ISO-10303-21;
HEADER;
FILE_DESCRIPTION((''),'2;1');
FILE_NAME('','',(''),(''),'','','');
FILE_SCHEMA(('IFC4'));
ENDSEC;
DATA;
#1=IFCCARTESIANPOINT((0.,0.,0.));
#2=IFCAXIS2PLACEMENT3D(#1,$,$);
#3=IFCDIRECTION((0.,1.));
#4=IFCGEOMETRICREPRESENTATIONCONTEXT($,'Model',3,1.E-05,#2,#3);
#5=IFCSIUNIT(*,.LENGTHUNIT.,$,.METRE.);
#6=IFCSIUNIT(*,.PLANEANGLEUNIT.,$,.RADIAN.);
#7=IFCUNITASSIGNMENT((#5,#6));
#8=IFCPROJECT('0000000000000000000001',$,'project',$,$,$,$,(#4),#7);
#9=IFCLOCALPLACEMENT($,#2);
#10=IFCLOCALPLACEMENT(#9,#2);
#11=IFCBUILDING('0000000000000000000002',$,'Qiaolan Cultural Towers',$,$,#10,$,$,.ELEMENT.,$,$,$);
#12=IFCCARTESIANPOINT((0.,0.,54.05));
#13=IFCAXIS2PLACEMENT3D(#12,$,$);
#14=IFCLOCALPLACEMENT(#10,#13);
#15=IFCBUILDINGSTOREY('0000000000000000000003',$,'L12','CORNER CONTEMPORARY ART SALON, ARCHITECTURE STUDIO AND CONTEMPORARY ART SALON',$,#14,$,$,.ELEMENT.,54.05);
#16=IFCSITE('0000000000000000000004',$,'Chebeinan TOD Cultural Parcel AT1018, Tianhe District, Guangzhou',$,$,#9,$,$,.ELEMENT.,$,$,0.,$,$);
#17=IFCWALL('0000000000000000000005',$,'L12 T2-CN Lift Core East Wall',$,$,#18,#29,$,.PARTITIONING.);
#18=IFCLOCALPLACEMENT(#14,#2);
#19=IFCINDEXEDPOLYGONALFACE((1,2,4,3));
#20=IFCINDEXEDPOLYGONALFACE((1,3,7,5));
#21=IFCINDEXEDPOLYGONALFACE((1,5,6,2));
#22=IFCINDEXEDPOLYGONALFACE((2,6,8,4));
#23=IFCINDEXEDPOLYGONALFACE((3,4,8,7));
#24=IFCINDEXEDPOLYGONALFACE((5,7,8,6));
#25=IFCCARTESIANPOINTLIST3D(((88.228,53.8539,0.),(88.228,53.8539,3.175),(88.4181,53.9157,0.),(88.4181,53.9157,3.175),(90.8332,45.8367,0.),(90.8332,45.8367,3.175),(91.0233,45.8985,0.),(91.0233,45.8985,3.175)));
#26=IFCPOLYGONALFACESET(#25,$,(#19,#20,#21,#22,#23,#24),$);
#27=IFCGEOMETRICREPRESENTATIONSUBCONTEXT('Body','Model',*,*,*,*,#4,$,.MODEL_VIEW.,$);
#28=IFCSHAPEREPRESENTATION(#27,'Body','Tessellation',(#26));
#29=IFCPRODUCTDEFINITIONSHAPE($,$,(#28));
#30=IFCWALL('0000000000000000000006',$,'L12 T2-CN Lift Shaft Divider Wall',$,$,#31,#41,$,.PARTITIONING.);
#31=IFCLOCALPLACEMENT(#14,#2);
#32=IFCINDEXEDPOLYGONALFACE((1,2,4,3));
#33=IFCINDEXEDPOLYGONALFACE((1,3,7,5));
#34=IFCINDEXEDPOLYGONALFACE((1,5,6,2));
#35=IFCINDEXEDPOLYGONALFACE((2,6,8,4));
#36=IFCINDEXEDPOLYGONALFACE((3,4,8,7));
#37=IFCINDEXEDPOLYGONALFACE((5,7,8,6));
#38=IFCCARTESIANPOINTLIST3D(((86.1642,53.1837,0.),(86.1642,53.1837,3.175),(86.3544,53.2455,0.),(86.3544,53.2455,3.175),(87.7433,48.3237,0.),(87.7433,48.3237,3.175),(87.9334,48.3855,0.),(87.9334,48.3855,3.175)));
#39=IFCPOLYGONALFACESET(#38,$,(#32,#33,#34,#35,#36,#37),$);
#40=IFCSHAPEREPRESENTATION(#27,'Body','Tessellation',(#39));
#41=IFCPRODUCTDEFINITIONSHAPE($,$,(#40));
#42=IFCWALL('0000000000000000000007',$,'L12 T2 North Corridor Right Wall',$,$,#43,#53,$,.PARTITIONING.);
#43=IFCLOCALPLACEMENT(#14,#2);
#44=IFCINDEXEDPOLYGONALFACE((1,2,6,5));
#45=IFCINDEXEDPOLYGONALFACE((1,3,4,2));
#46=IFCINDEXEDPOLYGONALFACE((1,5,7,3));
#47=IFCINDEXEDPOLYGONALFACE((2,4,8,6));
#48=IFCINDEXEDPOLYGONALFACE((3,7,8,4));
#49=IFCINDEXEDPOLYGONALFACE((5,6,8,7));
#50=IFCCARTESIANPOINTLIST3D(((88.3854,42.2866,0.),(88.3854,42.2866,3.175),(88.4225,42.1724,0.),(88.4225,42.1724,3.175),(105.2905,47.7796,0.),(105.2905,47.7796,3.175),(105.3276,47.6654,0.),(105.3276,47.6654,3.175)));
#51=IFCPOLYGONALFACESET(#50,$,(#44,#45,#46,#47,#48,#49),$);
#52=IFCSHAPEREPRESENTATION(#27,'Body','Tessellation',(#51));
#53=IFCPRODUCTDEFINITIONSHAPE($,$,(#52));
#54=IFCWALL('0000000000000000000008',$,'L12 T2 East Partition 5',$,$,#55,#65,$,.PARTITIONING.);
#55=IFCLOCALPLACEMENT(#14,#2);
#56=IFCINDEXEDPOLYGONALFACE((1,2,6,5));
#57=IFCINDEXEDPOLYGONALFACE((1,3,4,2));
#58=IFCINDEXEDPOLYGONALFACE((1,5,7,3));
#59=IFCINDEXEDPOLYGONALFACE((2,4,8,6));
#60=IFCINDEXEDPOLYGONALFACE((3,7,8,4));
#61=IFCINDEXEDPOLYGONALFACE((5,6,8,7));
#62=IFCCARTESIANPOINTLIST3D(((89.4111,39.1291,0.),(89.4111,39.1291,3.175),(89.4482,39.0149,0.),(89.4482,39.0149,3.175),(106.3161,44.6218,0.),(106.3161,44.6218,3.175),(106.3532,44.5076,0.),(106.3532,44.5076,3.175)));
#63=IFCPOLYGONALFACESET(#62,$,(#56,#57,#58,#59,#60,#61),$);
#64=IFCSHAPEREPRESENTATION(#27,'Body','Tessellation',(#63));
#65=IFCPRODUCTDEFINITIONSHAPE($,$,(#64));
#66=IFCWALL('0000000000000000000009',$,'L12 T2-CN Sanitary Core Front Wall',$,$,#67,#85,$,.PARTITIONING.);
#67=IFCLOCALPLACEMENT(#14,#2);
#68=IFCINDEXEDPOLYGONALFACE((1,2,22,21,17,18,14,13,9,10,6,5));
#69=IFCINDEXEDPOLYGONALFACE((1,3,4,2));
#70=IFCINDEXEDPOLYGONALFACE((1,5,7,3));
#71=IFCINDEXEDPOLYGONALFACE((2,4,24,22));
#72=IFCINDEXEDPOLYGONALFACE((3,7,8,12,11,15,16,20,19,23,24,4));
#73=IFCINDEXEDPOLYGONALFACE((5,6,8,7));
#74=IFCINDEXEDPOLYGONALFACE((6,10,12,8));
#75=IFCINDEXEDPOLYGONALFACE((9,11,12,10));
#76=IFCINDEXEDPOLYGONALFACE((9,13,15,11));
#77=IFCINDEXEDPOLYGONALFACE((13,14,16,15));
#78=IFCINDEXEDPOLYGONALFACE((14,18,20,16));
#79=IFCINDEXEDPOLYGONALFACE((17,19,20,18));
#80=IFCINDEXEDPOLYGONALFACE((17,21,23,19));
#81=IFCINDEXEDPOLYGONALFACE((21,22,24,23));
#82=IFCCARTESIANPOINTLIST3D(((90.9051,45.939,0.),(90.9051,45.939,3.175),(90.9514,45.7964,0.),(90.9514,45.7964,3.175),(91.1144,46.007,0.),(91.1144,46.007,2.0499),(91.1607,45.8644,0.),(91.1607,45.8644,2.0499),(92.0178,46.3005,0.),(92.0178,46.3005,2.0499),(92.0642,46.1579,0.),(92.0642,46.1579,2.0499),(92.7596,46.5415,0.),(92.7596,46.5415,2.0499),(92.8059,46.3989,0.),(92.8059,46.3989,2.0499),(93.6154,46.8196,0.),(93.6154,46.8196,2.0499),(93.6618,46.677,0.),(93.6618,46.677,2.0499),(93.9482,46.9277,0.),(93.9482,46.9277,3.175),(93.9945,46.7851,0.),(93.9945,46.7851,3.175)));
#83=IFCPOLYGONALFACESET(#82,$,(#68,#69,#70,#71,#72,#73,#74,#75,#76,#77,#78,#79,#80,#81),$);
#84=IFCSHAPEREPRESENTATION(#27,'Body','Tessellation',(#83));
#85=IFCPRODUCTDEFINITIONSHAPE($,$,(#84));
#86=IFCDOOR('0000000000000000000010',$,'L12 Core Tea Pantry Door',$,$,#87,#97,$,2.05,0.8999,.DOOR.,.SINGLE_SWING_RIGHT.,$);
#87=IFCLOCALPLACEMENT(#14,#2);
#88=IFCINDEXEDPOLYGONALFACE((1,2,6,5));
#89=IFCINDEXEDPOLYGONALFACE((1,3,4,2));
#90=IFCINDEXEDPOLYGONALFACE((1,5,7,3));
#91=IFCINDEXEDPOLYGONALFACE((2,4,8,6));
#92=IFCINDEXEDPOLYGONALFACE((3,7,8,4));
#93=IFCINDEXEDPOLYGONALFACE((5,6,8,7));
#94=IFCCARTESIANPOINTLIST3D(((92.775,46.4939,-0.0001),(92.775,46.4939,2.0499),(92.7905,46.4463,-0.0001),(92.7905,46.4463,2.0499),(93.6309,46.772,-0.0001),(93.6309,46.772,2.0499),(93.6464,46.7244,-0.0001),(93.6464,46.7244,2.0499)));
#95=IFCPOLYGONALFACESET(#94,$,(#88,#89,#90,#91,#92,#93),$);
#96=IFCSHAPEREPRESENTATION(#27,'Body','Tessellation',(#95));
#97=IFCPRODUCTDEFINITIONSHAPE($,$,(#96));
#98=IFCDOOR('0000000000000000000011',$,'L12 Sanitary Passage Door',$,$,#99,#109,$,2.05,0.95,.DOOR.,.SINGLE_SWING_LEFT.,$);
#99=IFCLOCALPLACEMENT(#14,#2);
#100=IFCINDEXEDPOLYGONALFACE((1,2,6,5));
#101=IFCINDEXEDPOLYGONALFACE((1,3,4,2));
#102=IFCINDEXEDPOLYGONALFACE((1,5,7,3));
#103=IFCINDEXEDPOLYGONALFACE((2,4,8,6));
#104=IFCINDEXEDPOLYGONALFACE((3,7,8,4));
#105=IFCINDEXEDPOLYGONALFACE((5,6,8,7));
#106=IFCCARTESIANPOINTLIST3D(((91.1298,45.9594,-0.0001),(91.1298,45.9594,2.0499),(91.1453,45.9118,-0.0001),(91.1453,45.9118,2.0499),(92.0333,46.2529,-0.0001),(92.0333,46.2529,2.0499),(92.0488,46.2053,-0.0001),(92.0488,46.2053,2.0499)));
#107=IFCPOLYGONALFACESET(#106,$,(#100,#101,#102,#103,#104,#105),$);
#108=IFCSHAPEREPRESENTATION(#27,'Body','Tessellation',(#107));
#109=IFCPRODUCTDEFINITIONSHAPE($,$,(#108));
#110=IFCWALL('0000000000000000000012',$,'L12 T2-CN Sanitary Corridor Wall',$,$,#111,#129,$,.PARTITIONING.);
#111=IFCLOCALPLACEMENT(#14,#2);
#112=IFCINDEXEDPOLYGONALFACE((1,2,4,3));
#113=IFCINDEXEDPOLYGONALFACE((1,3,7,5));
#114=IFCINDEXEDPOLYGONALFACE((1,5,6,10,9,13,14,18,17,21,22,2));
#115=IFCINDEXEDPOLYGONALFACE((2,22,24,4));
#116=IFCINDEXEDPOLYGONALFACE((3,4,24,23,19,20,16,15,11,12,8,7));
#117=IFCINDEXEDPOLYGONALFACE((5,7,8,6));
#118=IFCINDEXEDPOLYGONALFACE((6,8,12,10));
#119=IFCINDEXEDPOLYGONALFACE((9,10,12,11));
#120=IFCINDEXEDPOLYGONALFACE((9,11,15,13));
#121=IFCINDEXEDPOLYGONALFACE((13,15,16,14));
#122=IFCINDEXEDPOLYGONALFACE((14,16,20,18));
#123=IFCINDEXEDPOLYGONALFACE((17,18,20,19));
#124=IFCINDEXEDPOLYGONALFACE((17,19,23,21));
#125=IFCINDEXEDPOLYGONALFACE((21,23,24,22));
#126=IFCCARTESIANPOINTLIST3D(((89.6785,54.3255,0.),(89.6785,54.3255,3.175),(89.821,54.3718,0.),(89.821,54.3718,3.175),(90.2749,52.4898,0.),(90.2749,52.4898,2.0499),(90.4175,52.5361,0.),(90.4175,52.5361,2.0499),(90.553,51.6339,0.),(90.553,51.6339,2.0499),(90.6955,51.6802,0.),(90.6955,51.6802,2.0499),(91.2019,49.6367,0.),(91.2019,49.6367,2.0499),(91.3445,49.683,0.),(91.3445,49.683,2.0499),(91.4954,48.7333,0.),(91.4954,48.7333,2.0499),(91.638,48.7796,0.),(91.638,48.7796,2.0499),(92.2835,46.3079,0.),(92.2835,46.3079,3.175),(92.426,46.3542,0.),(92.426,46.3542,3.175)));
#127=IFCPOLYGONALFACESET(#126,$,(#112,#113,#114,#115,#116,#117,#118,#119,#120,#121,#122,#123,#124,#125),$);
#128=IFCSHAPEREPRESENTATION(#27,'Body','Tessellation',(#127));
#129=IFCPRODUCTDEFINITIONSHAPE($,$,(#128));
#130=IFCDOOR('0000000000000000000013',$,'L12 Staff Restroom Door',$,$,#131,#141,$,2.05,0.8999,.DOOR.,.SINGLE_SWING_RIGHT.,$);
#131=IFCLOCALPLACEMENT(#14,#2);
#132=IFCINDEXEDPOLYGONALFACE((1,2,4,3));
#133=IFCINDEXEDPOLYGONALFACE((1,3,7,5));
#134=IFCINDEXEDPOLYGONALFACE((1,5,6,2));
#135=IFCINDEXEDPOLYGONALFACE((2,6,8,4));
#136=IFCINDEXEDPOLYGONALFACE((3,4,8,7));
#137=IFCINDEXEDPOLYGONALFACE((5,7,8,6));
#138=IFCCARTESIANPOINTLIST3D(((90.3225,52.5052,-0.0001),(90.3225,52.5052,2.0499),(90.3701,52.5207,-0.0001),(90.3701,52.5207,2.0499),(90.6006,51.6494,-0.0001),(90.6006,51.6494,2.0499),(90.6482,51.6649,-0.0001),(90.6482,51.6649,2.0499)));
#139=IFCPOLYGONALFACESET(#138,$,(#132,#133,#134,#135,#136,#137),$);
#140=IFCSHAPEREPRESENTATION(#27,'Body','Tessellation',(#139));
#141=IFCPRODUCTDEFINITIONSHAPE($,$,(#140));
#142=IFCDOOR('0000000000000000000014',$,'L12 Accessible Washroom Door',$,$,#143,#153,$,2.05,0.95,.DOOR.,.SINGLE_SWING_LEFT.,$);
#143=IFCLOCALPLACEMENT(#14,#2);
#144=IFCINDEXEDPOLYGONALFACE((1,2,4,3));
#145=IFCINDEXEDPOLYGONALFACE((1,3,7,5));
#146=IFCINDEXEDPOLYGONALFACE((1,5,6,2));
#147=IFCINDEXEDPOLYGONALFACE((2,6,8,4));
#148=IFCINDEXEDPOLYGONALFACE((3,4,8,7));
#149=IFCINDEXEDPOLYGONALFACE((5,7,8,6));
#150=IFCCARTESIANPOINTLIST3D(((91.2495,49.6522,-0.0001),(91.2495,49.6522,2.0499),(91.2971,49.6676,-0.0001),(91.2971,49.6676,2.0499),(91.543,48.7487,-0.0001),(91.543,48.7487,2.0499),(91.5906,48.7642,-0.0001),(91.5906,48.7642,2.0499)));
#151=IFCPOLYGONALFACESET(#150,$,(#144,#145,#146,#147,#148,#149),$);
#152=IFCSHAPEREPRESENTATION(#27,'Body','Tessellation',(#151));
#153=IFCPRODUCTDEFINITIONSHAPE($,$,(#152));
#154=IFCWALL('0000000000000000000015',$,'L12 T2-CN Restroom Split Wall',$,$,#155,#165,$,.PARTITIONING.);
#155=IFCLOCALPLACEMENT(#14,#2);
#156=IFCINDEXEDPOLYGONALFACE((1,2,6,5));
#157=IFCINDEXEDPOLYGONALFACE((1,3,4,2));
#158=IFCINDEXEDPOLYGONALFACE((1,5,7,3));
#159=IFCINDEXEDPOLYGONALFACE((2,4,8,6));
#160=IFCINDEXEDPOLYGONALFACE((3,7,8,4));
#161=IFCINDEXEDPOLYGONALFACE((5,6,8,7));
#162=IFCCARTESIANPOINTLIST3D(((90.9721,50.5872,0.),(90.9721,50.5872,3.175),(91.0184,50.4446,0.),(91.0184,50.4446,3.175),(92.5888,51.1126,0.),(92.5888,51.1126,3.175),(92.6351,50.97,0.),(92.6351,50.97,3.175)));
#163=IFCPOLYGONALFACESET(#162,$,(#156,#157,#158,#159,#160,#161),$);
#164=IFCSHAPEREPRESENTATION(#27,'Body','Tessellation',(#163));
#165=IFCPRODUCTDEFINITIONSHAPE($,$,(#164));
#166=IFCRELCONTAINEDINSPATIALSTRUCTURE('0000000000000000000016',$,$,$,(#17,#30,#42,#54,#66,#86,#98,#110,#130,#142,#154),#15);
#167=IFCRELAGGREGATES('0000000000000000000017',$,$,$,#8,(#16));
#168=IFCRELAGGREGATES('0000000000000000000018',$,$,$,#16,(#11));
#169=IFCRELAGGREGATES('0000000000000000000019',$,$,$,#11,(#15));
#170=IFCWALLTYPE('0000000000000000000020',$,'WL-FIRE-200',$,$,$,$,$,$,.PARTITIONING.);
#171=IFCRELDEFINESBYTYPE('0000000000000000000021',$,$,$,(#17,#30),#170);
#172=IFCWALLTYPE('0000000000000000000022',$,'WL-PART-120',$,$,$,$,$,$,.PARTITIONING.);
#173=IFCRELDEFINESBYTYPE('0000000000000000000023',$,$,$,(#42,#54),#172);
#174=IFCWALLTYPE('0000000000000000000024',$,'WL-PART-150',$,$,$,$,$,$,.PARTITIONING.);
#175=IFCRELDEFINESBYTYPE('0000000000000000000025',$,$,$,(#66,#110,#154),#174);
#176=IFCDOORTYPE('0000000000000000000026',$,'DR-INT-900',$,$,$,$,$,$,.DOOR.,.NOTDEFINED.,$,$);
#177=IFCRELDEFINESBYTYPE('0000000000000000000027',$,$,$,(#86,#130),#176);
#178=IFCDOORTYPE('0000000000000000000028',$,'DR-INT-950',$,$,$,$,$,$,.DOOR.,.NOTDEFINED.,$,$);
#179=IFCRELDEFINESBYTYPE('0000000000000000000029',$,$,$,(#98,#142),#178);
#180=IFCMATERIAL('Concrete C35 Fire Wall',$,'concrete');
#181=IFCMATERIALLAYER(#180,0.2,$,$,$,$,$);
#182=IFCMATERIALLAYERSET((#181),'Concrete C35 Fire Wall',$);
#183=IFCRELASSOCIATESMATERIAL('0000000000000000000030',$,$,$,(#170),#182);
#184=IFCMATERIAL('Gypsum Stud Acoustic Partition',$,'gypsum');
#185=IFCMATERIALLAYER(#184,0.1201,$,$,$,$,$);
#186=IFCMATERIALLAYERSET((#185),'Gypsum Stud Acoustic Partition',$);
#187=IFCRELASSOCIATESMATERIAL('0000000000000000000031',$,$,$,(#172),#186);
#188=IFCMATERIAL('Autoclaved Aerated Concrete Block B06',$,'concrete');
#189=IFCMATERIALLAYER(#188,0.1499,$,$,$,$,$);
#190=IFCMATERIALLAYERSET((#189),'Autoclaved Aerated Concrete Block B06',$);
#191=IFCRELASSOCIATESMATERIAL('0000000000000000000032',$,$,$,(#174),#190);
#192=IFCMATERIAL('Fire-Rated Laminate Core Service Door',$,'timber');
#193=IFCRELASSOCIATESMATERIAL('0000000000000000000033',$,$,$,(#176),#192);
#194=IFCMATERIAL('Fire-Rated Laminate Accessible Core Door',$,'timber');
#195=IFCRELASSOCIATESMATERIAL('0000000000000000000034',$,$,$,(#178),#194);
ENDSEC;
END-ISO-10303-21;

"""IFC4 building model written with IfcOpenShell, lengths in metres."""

from ifc_helpers import new_model, si_unit, direction, frame, frame_2d, origin, place, context, subcontext, project, spatial, rectangle, extrude, material, layer, layer_set, type_object, element, fill, save


model = new_model("IFC4")

# Units and contexts
model_context = context("Model", 3, precision=1e-05, world=origin(), true_north=direction((0.0, 1.0)))
body_context = subcontext(model_context, "Body", "Model", "MODEL_VIEW")
ifc_project = project(units=[si_unit("LENGTHUNIT", "METRE"), si_unit("PLANEANGLEUNIT", "RADIAN")], contexts=[model_context])

# Site, building, storey
site_placement = place(None, origin())
site = spatial("IfcSite", under=ifc_project, at=site_placement, Name="Chebeinan TOD Cultural Parcel AT1018, Tianhe District, Guangzhou", CompositionType="ELEMENT", RefElevation=0.0)
building_placement = place(site_placement, origin())
building = spatial("IfcBuilding", under=site, at=building_placement, Name="Qiaolan Cultural Towers", CompositionType="ELEMENT")
storey_placement = place(building_placement, frame((0.0, 0.0, 54.05)))
storey = spatial("IfcBuildingStorey", under=building, at=storey_placement, Name="L12", Description="CORNER CONTEMPORARY ART SALON, ARCHITECTURE STUDIO AND CONTEMPORARY ART SALON", CompositionType="ELEMENT", Elevation=54.05)

# Walls
ifc_material_1 = material(Name="Concrete C35 Fire Wall", Category="concrete")
ifc_layer_1 = layer(ifc_material_1, 0.2)
ifc_layer_set_1 = layer_set([ifc_layer_1], Name="Concrete C35 Fire Wall")
wall_type_1 = type_object("IfcWallType", Name="WL-FIRE-200", PredefinedType="PARTITIONING", material=ifc_layer_set_1)
wall_1_placement = place(storey_placement, frame((90.9282, 45.8677, 0.0), z_axis=(0.0, 0.0, 1.0), x_axis=(-0.309042, 0.951048, 0.0)))
element("IfcWall", 1, at=wall_1_placement, inside=storey, type_object=wall_type_1, Name="L12 T2-CN Lift Core East Wall", PredefinedType="PARTITIONING", context=body_context, shape_type="SweptSolid", body=[
    extrude(rectangle(XDim=8.4299, YDim=0.2, at=frame_2d((4.2148, 0.0))), origin(), (0.0, 0.0, 1.0), 3.175),
])
wall_2_placement = place(storey_placement, frame((87.8384, 48.3545, 0.0), z_axis=(0.0, 0.0, 1.0), x_axis=(-0.309009, 0.951059, 0.0)))
element("IfcWall", 2, at=wall_2_placement, inside=storey, type_object=wall_type_1, Name="L12 T2-CN Lift Shaft Divider Wall", PredefinedType="PARTITIONING", context=body_context, shape_type="SweptSolid", body=[
    extrude(rectangle(XDim=5.1101, YDim=0.2, at=frame_2d((2.5552, 0.0))), origin(), (0.0, 0.0, 1.0), 3.175),
])
ifc_material_2 = material(Name="Gypsum Stud Acoustic Partition", Category="gypsum")
ifc_layer_2 = layer(ifc_material_2, 0.1201)
ifc_layer_set_2 = layer_set([ifc_layer_2], Name="Gypsum Stud Acoustic Partition")
wall_type_2 = type_object("IfcWallType", Name="WL-PART-120", PredefinedType="PARTITIONING", material=ifc_layer_set_2)
wall_3_placement = place(storey_placement, frame((88.4038, 42.2295, 0.0), z_axis=(0.0, 0.0, 1.0), x_axis=(0.951054, 0.309024, 0.0)))
element("IfcWall", 3, at=wall_3_placement, inside=storey, type_object=wall_type_2, Name="L12 T2 North Corridor Right Wall", PredefinedType="PARTITIONING", context=body_context, shape_type="SweptSolid", body=[
    extrude(rectangle(XDim=17.7751, YDim=0.1201, at=frame_2d((8.8877, 0.0))), origin(), (0.0, 0.0, 1.0), 3.175),
])
wall_4_placement = place(storey_placement, frame((89.4297, 39.072, 0.0), z_axis=(0.0, 0.0, 1.0), x_axis=(0.951058, 0.309012, 0.0)))
element("IfcWall", 4, at=wall_4_placement, inside=storey, type_object=wall_type_2, Name="L12 T2 East Partition 5", PredefinedType="PARTITIONING", context=body_context, shape_type="SweptSolid", body=[
    extrude(rectangle(XDim=17.7749, YDim=0.1201, at=frame_2d((8.8875, 0.0))), origin(), (0.0, 0.0, 1.0), 3.175),
])

# Walls, openings, doors
ifc_material_3 = material(Name="Autoclaved Aerated Concrete Block B06", Category="concrete")
ifc_layer_3 = layer(ifc_material_3, 0.1499)
ifc_layer_set_3 = layer_set([ifc_layer_3], Name="Autoclaved Aerated Concrete Block B06")
wall_type_3 = type_object("IfcWallType", Name="WL-PART-150", PredefinedType="PARTITIONING", material=ifc_layer_set_3)
wall_5_placement = place(storey_placement, frame((90.9282, 45.8677, 0.0), z_axis=(0.0, 0.0, 1.0), x_axis=(0.951059, 0.309008, 0.0)))
wall_5 = element("IfcWall", 5, at=wall_5_placement, inside=storey, type_object=wall_type_3, Name="L12 T2-CN Sanitary Core Front Wall", PredefinedType="PARTITIONING", context=body_context, shape_type="SweptSolid", body=[
    extrude(rectangle(XDim=3.1997, YDim=0.1499, at=frame_2d((1.5999, 0.0))), origin(), (0.0, 0.0, 1.0), 3.175),
])
opening_1_placement = place(wall_5_placement, frame((0.22, 0.0, 0.0)))
opening_1 = element("IfcOpeningElement", 6, at=opening_1_placement, cuts=wall_5, PredefinedType="OPENING", context=body_context, shape_type="SweptSolid", body=[
    extrude(rectangle(XDim=0.95, YDim=2.05, at=frame_2d((0.4751, 1.0249))), frame((0.0, 0.085, 0.0), z_axis=(0.0, -1.0, 0.0), x_axis=(1.0, 0.0, 0.0)), (0.0, 0.0, 1.0), 0.1699),
])
opening_2_placement = place(wall_5_placement, frame((1.95, 0.0, 0.0)))
opening_2 = element("IfcOpeningElement", 7, at=opening_2_placement, cuts=wall_5, PredefinedType="OPENING", context=body_context, shape_type="SweptSolid", body=[
    extrude(rectangle(XDim=0.8999, YDim=2.05, at=frame_2d((0.45, 1.0249))), frame((0.0, 0.085, 0.0), z_axis=(0.0, -1.0, 0.0), x_axis=(1.0, 0.0, 0.0)), (0.0, 0.0, 1.0), 0.1699),
])
ifc_material_4 = material(Name="Fire-Rated Laminate Core Service Door", Category="timber")
door_type_1 = type_object("IfcDoorType", Name="DR-INT-900", OperationType="NOTDEFINED", PredefinedType="DOOR", material=ifc_material_4)
door_1_placement = place(opening_2_placement, origin())
door_1 = element("IfcDoor", 8, at=door_1_placement, inside=storey, type_object=door_type_1, Name="L12 Core Tea Pantry Door", OperationType="SINGLE_SWING_RIGHT", OverallHeight=2.05, OverallWidth=0.8999, PredefinedType="DOOR", context=body_context, shape_type="SweptSolid", body=[
    extrude(rectangle(XDim=0.8999, YDim=2.05, at=frame_2d((0.45, 1.0249))), frame((0.0, 0.0249, 0.0), z_axis=(0.0, -1.0, 0.0), x_axis=(1.0, 0.0, 0.0)), (0.0, 0.0, 1.0), 0.05),
])
fill(opening_2, door_1)
ifc_material_5 = material(Name="Fire-Rated Laminate Accessible Core Door", Category="timber")
door_type_2 = type_object("IfcDoorType", Name="DR-INT-950", OperationType="NOTDEFINED", PredefinedType="DOOR", material=ifc_material_5)
door_2_placement = place(opening_1_placement, origin())
door_2 = element("IfcDoor", 9, at=door_2_placement, inside=storey, type_object=door_type_2, Name="L12 Sanitary Passage Door", OperationType="SINGLE_SWING_LEFT", OverallHeight=2.05, OverallWidth=0.95, PredefinedType="DOOR", context=body_context, shape_type="SweptSolid", body=[
    extrude(rectangle(XDim=0.95, YDim=2.05, at=frame_2d((0.4751, 1.0249))), frame((0.0, 0.0249, 0.0), z_axis=(0.0, -1.0, 0.0), x_axis=(1.0, 0.0, 0.0)), (0.0, 0.0, 1.0), 0.05),
])
fill(opening_1, door_2)
wall_6_placement = place(storey_placement, frame((92.3547, 46.3311, 0.0), z_axis=(0.0, 0.0, 1.0), x_axis=(-0.309007, 0.95106, 0.0)))
wall_6 = element("IfcWall", 10, at=wall_6_placement, inside=storey, type_object=wall_type_3, Name="L12 T2-CN Sanitary Corridor Wall", PredefinedType="PARTITIONING", context=body_context, shape_type="SweptSolid", body=[
    extrude(rectangle(XDim=8.4302, YDim=0.1499, at=frame_2d((4.2151, 0.0))), origin(), (0.0, 0.0, 1.0), 3.175),
])
opening_3_placement = place(wall_6_placement, frame((2.55, 0.0, 0.0)))
opening_3 = element("IfcOpeningElement", 11, at=opening_3_placement, cuts=wall_6, PredefinedType="OPENING", context=body_context, shape_type="SweptSolid", body=[
    extrude(rectangle(XDim=0.95, YDim=2.05, at=frame_2d((0.4751, 1.0249))), frame((0.0, 0.085, 0.0), z_axis=(0.0, -1.0, 0.0), x_axis=(1.0, 0.0, 0.0)), (0.0, 0.0, 1.0), 0.1699),
])
opening_4_placement = place(wall_6_placement, frame((5.6001, 0.0, 0.0)))
opening_4 = element("IfcOpeningElement", 12, at=opening_4_placement, cuts=wall_6, PredefinedType="OPENING", context=body_context, shape_type="SweptSolid", body=[
    extrude(rectangle(XDim=0.8999, YDim=2.05, at=frame_2d((0.45, 1.0249))), frame((0.0, 0.085, 0.0), z_axis=(0.0, -1.0, 0.0), x_axis=(1.0, 0.0, 0.0)), (0.0, 0.0, 1.0), 0.1699),
])
door_3_placement = place(opening_4_placement, origin())
door_3 = element("IfcDoor", 13, at=door_3_placement, inside=storey, type_object=door_type_1, Name="L12 Staff Restroom Door", OperationType="SINGLE_SWING_RIGHT", OverallHeight=2.05, OverallWidth=0.8999, PredefinedType="DOOR", context=body_context, shape_type="SweptSolid", body=[
    extrude(rectangle(XDim=0.8999, YDim=2.05, at=frame_2d((0.45, 1.0249))), frame((0.0, 0.0249, 0.0), z_axis=(0.0, -1.0, 0.0), x_axis=(1.0, 0.0, 0.0)), (0.0, 0.0, 1.0), 0.05),
])
fill(opening_4, door_3)
door_4_placement = place(opening_3_placement, origin())
door_4 = element("IfcDoor", 14, at=door_4_placement, inside=storey, type_object=door_type_2, Name="L12 Accessible Washroom Door", OperationType="SINGLE_SWING_LEFT", OverallHeight=2.05, OverallWidth=0.95, PredefinedType="DOOR", context=body_context, shape_type="SweptSolid", body=[
    extrude(rectangle(XDim=0.95, YDim=2.05, at=frame_2d((0.4751, 1.0249))), frame((0.0, 0.0249, 0.0), z_axis=(0.0, -1.0, 0.0), x_axis=(1.0, 0.0, 0.0)), (0.0, 0.0, 1.0), 0.05),
])
fill(opening_3, door_4)

# Wall
wall_7_placement = place(storey_placement, frame((90.9951, 50.5159, 0.0), z_axis=(0.0, 0.0, 1.0), x_axis=(0.95104, 0.309067, 0.0)))
element("IfcWall", 15, at=wall_7_placement, inside=storey, type_object=wall_type_3, Name="L12 T2-CN Restroom Split Wall", PredefinedType="PARTITIONING", context=body_context, shape_type="SweptSolid", body=[
    extrude(rectangle(XDim=1.7, YDim=0.1499, at=frame_2d((0.8501, 0.0))), origin(), (0.0, 0.0, 1.0), 3.175),
])

save(model, "model.ifc")
